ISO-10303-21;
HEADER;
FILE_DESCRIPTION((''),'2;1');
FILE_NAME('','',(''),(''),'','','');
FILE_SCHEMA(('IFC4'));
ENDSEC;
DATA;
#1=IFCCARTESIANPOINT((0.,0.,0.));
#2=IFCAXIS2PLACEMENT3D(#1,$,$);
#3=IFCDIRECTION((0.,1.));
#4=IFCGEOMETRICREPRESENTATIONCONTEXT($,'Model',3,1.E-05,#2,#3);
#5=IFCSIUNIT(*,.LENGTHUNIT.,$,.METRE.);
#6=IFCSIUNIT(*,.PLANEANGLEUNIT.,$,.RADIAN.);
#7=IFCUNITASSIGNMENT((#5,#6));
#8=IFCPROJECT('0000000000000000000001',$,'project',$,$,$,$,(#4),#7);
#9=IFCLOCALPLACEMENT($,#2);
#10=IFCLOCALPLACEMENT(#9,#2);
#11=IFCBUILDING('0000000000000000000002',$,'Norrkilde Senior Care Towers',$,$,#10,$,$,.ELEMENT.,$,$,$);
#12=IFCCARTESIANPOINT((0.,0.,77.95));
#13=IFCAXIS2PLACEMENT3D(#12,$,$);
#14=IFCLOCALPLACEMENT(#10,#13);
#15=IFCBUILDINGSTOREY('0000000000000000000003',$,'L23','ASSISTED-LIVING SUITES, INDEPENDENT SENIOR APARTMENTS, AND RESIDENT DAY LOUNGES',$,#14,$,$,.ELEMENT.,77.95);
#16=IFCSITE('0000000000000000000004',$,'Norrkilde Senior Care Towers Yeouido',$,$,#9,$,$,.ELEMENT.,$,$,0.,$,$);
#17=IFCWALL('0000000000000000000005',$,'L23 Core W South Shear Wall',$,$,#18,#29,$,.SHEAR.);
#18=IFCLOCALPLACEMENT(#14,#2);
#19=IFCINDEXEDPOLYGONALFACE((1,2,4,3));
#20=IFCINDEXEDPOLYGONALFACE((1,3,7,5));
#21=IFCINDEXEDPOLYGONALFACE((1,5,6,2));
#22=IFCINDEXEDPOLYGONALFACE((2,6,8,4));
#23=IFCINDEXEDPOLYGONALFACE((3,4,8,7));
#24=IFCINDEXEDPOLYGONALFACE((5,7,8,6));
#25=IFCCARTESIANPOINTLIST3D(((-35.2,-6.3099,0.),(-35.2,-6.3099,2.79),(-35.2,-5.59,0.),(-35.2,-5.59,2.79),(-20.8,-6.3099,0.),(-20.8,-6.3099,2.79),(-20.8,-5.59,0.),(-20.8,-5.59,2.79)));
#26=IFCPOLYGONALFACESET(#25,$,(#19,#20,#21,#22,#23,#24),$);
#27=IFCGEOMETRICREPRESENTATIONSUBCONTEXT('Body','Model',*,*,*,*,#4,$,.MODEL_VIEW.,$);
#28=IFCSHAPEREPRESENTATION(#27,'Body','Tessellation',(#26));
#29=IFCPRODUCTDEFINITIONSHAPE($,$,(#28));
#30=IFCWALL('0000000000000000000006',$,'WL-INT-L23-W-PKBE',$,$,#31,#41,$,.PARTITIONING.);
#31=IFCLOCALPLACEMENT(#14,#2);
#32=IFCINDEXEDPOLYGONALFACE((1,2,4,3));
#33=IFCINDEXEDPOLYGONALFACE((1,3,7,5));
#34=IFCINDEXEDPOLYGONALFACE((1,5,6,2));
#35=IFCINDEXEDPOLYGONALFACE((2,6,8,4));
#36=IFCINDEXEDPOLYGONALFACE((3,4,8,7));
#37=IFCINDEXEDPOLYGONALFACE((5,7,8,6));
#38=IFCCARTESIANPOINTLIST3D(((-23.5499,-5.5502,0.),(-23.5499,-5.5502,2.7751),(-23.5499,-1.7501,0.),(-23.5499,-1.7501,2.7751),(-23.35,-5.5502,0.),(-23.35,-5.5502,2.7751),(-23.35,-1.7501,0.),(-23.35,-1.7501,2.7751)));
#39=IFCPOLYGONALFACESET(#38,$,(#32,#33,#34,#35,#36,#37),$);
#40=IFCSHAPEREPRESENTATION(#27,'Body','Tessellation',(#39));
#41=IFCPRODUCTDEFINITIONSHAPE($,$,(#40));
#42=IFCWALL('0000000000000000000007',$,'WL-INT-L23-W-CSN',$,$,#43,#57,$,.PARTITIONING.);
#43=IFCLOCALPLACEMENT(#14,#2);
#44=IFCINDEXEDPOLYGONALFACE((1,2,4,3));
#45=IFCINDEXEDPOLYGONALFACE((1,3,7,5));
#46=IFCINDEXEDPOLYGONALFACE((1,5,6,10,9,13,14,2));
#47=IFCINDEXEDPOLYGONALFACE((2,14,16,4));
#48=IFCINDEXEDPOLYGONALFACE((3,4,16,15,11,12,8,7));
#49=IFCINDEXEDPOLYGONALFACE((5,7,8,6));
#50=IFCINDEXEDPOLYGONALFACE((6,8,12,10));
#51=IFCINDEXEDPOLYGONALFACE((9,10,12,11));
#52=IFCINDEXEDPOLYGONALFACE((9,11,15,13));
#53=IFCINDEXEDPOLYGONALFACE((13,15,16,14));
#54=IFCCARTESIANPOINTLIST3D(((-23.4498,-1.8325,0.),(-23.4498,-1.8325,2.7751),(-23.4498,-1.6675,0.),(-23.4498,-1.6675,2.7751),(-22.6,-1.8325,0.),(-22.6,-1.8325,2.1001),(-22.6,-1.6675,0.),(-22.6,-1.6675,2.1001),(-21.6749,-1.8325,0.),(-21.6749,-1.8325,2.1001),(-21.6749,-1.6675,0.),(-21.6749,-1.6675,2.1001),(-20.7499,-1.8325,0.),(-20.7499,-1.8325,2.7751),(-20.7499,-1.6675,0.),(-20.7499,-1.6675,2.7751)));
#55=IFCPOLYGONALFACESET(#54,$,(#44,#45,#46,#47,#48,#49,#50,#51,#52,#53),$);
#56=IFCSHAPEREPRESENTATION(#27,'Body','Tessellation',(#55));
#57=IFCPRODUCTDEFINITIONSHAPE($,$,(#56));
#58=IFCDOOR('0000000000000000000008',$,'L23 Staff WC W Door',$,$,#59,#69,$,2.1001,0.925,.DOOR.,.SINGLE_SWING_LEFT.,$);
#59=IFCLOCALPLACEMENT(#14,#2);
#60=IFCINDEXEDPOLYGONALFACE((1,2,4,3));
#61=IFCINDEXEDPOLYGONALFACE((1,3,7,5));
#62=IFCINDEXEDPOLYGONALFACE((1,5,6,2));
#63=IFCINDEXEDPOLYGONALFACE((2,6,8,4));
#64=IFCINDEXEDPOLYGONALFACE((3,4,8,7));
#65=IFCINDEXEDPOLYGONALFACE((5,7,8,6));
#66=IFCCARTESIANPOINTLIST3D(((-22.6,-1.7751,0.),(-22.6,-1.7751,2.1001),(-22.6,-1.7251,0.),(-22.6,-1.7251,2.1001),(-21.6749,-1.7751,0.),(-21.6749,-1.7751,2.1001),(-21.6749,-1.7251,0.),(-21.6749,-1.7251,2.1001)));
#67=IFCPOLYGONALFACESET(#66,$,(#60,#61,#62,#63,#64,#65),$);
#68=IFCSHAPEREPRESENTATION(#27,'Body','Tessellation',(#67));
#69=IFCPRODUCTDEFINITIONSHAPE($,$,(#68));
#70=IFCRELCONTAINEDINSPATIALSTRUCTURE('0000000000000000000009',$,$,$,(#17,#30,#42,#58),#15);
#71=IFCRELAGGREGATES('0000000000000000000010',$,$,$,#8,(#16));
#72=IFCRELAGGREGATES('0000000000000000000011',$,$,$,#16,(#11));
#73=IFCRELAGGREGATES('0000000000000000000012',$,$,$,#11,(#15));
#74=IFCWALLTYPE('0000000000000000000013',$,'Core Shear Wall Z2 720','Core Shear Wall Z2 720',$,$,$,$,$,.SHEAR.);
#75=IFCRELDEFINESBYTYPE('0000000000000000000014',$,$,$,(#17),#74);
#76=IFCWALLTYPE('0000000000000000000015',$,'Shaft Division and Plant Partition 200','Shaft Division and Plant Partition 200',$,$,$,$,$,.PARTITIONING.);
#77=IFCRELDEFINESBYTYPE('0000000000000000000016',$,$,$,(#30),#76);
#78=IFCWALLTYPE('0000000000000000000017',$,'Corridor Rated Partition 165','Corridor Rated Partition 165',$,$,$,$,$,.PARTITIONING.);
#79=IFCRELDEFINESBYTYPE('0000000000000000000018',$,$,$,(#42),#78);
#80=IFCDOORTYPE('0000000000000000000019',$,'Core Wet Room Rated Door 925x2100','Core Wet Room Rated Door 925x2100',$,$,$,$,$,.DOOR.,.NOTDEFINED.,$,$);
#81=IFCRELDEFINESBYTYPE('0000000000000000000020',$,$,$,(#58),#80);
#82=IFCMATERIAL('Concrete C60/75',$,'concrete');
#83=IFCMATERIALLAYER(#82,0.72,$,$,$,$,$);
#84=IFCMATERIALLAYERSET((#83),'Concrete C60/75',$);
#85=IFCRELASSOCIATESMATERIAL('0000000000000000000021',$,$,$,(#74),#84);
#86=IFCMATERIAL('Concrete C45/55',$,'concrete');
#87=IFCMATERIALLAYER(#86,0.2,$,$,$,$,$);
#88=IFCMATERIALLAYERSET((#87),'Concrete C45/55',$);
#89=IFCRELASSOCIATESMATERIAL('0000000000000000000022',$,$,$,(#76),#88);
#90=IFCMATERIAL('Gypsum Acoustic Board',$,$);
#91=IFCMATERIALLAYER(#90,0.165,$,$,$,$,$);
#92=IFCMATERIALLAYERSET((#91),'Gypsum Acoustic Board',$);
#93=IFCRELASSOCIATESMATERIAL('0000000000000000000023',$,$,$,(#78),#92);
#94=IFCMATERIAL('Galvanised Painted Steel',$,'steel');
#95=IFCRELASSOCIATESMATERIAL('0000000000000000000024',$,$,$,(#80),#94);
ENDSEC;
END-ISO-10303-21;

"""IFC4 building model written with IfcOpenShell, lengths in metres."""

from ifc_helpers import new_model, si_unit, direction, frame, frame_2d, origin, place, context, subcontext, project, spatial, rectangle, extrude, source, transform, mapped, material, layer, layer_set, type_object, type_shapes, element, fill, save


model = new_model("IFC4")

# Units and contexts
model_context = context("Model", 3, precision=1e-05, world=origin(), true_north=direction((0.0, 1.0)))
body_context = subcontext(model_context, "Body", "Model", "MODEL_VIEW")
ifc_project = project(units=[si_unit("LENGTHUNIT", "METRE"), si_unit("PLANEANGLEUNIT", "RADIAN")], contexts=[model_context])

# Site, building, storey
site_placement = place(None, origin())
site = spatial("IfcSite", under=ifc_project, at=site_placement, Name="Norrkilde Senior Care Towers Yeouido", CompositionType="ELEMENT", RefElevation=0.0)
building_placement = place(site_placement, origin())
building = spatial("IfcBuilding", under=site, at=building_placement, Name="Norrkilde Senior Care Towers", CompositionType="ELEMENT")
storey_placement = place(building_placement, frame((0.0, 0.0, 77.95)))
storey = spatial("IfcBuildingStorey", under=building, at=storey_placement, Name="L23", Description="ASSISTED-LIVING SUITES, INDEPENDENT SENIOR APARTMENTS, AND RESIDENT DAY LOUNGES", CompositionType="ELEMENT", Elevation=77.95)

# Shared definitions
ifc_material_1 = material(Name="Concrete C60/75", Category="concrete")

# Walls
ifc_layer_1 = layer(ifc_material_1, 0.72)
ifc_layer_set_1 = layer_set([ifc_layer_1], Name="Concrete C60/75")
wall_type_1 = type_object("IfcWallType", Name="Core Shear Wall Z2 720", Description="Core Shear Wall Z2 720", PredefinedType="SHEAR", material=ifc_layer_set_1)
shared_shape_1 = source(origin(), body_context, "Body", "SweptSolid", [
    extrude(rectangle(XDim=14.3999, YDim=0.72, at=frame_2d((7.2, 0.0))), origin(), (0.0, 0.0, 1.0), 2.79),
])
type_shapes(wall_type_1, [shared_shape_1])
wall_1_placement = place(storey_placement, frame((-20.8, -5.95, 0.0), z_axis=(0.0, 0.0, 1.0), x_axis=(-1.0, 0.0, 0.0)))
element("IfcWall", 1, at=wall_1_placement, inside=storey, type_object=wall_type_1, Name="L23 Core W South Shear Wall", PredefinedType="SHEAR", context=body_context, shape_type="MappedRepresentation", body=[
    mapped(shared_shape_1, transform((0.0, 0.0, 0.0), x_axis=(1.0, 0.0, 0.0), y_axis=(0.0, 1.0, 0.0), z_axis=(0.0, 0.0, 1.0), scale=1.0)),
])
ifc_material_2 = material(Name="Concrete C45/55", Category="concrete")
ifc_layer_2 = layer(ifc_material_2, 0.2)
ifc_layer_set_2 = layer_set([ifc_layer_2], Name="Concrete C45/55")
wall_type_2 = type_object("IfcWallType", Name="Shaft Division and Plant Partition 200", Description="Shaft Division and Plant Partition 200", PredefinedType="PARTITIONING", material=ifc_layer_set_2)
shared_shape_2 = source(origin(), body_context, "Body", "SweptSolid", [
    extrude(rectangle(XDim=3.8, YDim=0.2, at=frame_2d((1.8999, 0.0))), origin(), (0.0, 0.0, 1.0), 2.7751),
])
type_shapes(wall_type_2, [shared_shape_2])
wall_2_placement = place(storey_placement, frame((-23.45, -5.55, 0.0), z_axis=(0.0, 0.0, 1.0), x_axis=(0.0, 1.0, 0.0)))
element("IfcWall", 2, at=wall_2_placement, inside=storey, type_object=wall_type_2, Name="WL-INT-L23-W-PKBE", PredefinedType="PARTITIONING", context=body_context, shape_type="MappedRepresentation", body=[
    mapped(shared_shape_2, transform((0.0, 0.0, 0.0), x_axis=(1.0, 0.0, 0.0), y_axis=(0.0, 1.0, 0.0), z_axis=(0.0, 0.0, 1.0), scale=1.0)),
])

# Wall, opening, door
ifc_material_3 = material(Name="Gypsum Acoustic Board")
ifc_layer_3 = layer(ifc_material_3, 0.165)
ifc_layer_set_3 = layer_set([ifc_layer_3], Name="Gypsum Acoustic Board")
wall_type_3 = type_object("IfcWallType", Name="Corridor Rated Partition 165", Description="Corridor Rated Partition 165", PredefinedType="PARTITIONING", material=ifc_layer_set_3)
shared_shape_3 = source(origin(), body_context, "Body", "SweptSolid", [
    extrude(rectangle(XDim=2.7, YDim=0.165, at=frame_2d((1.3501, 0.0))), origin(), (0.0, 0.0, 1.0), 2.7751),
])
wall_3_placement = place(storey_placement, frame((-23.45, -1.75, 0.0), z_axis=(0.0, 0.0, 1.0), x_axis=(1.0, 0.0, 0.0)))
wall_3 = element("IfcWall", 3, at=wall_3_placement, inside=storey, type_object=wall_type_3, Name="WL-INT-L23-W-CSN", PredefinedType="PARTITIONING", context=body_context, shape_type="MappedRepresentation", body=[
    mapped(shared_shape_3, transform((0.0, 0.0, 0.0), x_axis=(1.0, 0.0, 0.0), y_axis=(0.0, 1.0, 0.0), z_axis=(0.0, 0.0, 1.0), scale=1.0)),
])
opening_1_placement = place(wall_3_placement, frame((0.8501, 0.0, 0.0)))
opening_1 = element("IfcOpeningElement", 4, at=opening_1_placement, cuts=wall_3, PredefinedType="OPENING", context=body_context, shape_type="SweptSolid", body=[
    extrude(rectangle(XDim=0.925, YDim=2.1001, at=frame_2d((0.4624, 1.05))), frame((0.0, 0.0925, 0.0), z_axis=(0.0, -1.0, 0.0), x_axis=(1.0, 0.0, 0.0)), (0.0, 0.0, 1.0), 0.1851),
])
ifc_material_4 = material(Name="Galvanised Painted Steel", Category="steel")
door_type_1 = type_object("IfcDoorType", Name="Core Wet Room Rated Door 925x2100", Description="Core Wet Room Rated Door 925x2100", OperationType="NOTDEFINED", PredefinedType="DOOR", material=ifc_material_4)
shared_shape_4 = source(origin(), body_context, "Body", "SweptSolid", [
    extrude(rectangle(XDim=0.925, YDim=2.1001, at=frame_2d((0.4624, 1.05))), frame((0.0, 0.0249, 0.0), z_axis=(0.0, -1.0, 0.0), x_axis=(1.0, 0.0, 0.0)), (0.0, 0.0, 1.0), 0.05),
])
type_shapes(door_type_1, [shared_shape_4])
door_1_placement = place(opening_1_placement, origin())
door_1 = element("IfcDoor", 5, at=door_1_placement, inside=storey, type_object=door_type_1, Name="L23 Staff WC W Door", OperationType="SINGLE_SWING_LEFT", OverallHeight=2.1001, OverallWidth=0.925, PredefinedType="DOOR", context=body_context, shape_type="MappedRepresentation", body=[
    mapped(shared_shape_4, transform((0.0, 0.0, 0.0), x_axis=(1.0, 0.0, 0.0), y_axis=(0.0, 1.0, 0.0), z_axis=(0.0, 0.0, 1.0), scale=1.0)),
])
fill(opening_1, door_1)

save(model, "model.ifc")
